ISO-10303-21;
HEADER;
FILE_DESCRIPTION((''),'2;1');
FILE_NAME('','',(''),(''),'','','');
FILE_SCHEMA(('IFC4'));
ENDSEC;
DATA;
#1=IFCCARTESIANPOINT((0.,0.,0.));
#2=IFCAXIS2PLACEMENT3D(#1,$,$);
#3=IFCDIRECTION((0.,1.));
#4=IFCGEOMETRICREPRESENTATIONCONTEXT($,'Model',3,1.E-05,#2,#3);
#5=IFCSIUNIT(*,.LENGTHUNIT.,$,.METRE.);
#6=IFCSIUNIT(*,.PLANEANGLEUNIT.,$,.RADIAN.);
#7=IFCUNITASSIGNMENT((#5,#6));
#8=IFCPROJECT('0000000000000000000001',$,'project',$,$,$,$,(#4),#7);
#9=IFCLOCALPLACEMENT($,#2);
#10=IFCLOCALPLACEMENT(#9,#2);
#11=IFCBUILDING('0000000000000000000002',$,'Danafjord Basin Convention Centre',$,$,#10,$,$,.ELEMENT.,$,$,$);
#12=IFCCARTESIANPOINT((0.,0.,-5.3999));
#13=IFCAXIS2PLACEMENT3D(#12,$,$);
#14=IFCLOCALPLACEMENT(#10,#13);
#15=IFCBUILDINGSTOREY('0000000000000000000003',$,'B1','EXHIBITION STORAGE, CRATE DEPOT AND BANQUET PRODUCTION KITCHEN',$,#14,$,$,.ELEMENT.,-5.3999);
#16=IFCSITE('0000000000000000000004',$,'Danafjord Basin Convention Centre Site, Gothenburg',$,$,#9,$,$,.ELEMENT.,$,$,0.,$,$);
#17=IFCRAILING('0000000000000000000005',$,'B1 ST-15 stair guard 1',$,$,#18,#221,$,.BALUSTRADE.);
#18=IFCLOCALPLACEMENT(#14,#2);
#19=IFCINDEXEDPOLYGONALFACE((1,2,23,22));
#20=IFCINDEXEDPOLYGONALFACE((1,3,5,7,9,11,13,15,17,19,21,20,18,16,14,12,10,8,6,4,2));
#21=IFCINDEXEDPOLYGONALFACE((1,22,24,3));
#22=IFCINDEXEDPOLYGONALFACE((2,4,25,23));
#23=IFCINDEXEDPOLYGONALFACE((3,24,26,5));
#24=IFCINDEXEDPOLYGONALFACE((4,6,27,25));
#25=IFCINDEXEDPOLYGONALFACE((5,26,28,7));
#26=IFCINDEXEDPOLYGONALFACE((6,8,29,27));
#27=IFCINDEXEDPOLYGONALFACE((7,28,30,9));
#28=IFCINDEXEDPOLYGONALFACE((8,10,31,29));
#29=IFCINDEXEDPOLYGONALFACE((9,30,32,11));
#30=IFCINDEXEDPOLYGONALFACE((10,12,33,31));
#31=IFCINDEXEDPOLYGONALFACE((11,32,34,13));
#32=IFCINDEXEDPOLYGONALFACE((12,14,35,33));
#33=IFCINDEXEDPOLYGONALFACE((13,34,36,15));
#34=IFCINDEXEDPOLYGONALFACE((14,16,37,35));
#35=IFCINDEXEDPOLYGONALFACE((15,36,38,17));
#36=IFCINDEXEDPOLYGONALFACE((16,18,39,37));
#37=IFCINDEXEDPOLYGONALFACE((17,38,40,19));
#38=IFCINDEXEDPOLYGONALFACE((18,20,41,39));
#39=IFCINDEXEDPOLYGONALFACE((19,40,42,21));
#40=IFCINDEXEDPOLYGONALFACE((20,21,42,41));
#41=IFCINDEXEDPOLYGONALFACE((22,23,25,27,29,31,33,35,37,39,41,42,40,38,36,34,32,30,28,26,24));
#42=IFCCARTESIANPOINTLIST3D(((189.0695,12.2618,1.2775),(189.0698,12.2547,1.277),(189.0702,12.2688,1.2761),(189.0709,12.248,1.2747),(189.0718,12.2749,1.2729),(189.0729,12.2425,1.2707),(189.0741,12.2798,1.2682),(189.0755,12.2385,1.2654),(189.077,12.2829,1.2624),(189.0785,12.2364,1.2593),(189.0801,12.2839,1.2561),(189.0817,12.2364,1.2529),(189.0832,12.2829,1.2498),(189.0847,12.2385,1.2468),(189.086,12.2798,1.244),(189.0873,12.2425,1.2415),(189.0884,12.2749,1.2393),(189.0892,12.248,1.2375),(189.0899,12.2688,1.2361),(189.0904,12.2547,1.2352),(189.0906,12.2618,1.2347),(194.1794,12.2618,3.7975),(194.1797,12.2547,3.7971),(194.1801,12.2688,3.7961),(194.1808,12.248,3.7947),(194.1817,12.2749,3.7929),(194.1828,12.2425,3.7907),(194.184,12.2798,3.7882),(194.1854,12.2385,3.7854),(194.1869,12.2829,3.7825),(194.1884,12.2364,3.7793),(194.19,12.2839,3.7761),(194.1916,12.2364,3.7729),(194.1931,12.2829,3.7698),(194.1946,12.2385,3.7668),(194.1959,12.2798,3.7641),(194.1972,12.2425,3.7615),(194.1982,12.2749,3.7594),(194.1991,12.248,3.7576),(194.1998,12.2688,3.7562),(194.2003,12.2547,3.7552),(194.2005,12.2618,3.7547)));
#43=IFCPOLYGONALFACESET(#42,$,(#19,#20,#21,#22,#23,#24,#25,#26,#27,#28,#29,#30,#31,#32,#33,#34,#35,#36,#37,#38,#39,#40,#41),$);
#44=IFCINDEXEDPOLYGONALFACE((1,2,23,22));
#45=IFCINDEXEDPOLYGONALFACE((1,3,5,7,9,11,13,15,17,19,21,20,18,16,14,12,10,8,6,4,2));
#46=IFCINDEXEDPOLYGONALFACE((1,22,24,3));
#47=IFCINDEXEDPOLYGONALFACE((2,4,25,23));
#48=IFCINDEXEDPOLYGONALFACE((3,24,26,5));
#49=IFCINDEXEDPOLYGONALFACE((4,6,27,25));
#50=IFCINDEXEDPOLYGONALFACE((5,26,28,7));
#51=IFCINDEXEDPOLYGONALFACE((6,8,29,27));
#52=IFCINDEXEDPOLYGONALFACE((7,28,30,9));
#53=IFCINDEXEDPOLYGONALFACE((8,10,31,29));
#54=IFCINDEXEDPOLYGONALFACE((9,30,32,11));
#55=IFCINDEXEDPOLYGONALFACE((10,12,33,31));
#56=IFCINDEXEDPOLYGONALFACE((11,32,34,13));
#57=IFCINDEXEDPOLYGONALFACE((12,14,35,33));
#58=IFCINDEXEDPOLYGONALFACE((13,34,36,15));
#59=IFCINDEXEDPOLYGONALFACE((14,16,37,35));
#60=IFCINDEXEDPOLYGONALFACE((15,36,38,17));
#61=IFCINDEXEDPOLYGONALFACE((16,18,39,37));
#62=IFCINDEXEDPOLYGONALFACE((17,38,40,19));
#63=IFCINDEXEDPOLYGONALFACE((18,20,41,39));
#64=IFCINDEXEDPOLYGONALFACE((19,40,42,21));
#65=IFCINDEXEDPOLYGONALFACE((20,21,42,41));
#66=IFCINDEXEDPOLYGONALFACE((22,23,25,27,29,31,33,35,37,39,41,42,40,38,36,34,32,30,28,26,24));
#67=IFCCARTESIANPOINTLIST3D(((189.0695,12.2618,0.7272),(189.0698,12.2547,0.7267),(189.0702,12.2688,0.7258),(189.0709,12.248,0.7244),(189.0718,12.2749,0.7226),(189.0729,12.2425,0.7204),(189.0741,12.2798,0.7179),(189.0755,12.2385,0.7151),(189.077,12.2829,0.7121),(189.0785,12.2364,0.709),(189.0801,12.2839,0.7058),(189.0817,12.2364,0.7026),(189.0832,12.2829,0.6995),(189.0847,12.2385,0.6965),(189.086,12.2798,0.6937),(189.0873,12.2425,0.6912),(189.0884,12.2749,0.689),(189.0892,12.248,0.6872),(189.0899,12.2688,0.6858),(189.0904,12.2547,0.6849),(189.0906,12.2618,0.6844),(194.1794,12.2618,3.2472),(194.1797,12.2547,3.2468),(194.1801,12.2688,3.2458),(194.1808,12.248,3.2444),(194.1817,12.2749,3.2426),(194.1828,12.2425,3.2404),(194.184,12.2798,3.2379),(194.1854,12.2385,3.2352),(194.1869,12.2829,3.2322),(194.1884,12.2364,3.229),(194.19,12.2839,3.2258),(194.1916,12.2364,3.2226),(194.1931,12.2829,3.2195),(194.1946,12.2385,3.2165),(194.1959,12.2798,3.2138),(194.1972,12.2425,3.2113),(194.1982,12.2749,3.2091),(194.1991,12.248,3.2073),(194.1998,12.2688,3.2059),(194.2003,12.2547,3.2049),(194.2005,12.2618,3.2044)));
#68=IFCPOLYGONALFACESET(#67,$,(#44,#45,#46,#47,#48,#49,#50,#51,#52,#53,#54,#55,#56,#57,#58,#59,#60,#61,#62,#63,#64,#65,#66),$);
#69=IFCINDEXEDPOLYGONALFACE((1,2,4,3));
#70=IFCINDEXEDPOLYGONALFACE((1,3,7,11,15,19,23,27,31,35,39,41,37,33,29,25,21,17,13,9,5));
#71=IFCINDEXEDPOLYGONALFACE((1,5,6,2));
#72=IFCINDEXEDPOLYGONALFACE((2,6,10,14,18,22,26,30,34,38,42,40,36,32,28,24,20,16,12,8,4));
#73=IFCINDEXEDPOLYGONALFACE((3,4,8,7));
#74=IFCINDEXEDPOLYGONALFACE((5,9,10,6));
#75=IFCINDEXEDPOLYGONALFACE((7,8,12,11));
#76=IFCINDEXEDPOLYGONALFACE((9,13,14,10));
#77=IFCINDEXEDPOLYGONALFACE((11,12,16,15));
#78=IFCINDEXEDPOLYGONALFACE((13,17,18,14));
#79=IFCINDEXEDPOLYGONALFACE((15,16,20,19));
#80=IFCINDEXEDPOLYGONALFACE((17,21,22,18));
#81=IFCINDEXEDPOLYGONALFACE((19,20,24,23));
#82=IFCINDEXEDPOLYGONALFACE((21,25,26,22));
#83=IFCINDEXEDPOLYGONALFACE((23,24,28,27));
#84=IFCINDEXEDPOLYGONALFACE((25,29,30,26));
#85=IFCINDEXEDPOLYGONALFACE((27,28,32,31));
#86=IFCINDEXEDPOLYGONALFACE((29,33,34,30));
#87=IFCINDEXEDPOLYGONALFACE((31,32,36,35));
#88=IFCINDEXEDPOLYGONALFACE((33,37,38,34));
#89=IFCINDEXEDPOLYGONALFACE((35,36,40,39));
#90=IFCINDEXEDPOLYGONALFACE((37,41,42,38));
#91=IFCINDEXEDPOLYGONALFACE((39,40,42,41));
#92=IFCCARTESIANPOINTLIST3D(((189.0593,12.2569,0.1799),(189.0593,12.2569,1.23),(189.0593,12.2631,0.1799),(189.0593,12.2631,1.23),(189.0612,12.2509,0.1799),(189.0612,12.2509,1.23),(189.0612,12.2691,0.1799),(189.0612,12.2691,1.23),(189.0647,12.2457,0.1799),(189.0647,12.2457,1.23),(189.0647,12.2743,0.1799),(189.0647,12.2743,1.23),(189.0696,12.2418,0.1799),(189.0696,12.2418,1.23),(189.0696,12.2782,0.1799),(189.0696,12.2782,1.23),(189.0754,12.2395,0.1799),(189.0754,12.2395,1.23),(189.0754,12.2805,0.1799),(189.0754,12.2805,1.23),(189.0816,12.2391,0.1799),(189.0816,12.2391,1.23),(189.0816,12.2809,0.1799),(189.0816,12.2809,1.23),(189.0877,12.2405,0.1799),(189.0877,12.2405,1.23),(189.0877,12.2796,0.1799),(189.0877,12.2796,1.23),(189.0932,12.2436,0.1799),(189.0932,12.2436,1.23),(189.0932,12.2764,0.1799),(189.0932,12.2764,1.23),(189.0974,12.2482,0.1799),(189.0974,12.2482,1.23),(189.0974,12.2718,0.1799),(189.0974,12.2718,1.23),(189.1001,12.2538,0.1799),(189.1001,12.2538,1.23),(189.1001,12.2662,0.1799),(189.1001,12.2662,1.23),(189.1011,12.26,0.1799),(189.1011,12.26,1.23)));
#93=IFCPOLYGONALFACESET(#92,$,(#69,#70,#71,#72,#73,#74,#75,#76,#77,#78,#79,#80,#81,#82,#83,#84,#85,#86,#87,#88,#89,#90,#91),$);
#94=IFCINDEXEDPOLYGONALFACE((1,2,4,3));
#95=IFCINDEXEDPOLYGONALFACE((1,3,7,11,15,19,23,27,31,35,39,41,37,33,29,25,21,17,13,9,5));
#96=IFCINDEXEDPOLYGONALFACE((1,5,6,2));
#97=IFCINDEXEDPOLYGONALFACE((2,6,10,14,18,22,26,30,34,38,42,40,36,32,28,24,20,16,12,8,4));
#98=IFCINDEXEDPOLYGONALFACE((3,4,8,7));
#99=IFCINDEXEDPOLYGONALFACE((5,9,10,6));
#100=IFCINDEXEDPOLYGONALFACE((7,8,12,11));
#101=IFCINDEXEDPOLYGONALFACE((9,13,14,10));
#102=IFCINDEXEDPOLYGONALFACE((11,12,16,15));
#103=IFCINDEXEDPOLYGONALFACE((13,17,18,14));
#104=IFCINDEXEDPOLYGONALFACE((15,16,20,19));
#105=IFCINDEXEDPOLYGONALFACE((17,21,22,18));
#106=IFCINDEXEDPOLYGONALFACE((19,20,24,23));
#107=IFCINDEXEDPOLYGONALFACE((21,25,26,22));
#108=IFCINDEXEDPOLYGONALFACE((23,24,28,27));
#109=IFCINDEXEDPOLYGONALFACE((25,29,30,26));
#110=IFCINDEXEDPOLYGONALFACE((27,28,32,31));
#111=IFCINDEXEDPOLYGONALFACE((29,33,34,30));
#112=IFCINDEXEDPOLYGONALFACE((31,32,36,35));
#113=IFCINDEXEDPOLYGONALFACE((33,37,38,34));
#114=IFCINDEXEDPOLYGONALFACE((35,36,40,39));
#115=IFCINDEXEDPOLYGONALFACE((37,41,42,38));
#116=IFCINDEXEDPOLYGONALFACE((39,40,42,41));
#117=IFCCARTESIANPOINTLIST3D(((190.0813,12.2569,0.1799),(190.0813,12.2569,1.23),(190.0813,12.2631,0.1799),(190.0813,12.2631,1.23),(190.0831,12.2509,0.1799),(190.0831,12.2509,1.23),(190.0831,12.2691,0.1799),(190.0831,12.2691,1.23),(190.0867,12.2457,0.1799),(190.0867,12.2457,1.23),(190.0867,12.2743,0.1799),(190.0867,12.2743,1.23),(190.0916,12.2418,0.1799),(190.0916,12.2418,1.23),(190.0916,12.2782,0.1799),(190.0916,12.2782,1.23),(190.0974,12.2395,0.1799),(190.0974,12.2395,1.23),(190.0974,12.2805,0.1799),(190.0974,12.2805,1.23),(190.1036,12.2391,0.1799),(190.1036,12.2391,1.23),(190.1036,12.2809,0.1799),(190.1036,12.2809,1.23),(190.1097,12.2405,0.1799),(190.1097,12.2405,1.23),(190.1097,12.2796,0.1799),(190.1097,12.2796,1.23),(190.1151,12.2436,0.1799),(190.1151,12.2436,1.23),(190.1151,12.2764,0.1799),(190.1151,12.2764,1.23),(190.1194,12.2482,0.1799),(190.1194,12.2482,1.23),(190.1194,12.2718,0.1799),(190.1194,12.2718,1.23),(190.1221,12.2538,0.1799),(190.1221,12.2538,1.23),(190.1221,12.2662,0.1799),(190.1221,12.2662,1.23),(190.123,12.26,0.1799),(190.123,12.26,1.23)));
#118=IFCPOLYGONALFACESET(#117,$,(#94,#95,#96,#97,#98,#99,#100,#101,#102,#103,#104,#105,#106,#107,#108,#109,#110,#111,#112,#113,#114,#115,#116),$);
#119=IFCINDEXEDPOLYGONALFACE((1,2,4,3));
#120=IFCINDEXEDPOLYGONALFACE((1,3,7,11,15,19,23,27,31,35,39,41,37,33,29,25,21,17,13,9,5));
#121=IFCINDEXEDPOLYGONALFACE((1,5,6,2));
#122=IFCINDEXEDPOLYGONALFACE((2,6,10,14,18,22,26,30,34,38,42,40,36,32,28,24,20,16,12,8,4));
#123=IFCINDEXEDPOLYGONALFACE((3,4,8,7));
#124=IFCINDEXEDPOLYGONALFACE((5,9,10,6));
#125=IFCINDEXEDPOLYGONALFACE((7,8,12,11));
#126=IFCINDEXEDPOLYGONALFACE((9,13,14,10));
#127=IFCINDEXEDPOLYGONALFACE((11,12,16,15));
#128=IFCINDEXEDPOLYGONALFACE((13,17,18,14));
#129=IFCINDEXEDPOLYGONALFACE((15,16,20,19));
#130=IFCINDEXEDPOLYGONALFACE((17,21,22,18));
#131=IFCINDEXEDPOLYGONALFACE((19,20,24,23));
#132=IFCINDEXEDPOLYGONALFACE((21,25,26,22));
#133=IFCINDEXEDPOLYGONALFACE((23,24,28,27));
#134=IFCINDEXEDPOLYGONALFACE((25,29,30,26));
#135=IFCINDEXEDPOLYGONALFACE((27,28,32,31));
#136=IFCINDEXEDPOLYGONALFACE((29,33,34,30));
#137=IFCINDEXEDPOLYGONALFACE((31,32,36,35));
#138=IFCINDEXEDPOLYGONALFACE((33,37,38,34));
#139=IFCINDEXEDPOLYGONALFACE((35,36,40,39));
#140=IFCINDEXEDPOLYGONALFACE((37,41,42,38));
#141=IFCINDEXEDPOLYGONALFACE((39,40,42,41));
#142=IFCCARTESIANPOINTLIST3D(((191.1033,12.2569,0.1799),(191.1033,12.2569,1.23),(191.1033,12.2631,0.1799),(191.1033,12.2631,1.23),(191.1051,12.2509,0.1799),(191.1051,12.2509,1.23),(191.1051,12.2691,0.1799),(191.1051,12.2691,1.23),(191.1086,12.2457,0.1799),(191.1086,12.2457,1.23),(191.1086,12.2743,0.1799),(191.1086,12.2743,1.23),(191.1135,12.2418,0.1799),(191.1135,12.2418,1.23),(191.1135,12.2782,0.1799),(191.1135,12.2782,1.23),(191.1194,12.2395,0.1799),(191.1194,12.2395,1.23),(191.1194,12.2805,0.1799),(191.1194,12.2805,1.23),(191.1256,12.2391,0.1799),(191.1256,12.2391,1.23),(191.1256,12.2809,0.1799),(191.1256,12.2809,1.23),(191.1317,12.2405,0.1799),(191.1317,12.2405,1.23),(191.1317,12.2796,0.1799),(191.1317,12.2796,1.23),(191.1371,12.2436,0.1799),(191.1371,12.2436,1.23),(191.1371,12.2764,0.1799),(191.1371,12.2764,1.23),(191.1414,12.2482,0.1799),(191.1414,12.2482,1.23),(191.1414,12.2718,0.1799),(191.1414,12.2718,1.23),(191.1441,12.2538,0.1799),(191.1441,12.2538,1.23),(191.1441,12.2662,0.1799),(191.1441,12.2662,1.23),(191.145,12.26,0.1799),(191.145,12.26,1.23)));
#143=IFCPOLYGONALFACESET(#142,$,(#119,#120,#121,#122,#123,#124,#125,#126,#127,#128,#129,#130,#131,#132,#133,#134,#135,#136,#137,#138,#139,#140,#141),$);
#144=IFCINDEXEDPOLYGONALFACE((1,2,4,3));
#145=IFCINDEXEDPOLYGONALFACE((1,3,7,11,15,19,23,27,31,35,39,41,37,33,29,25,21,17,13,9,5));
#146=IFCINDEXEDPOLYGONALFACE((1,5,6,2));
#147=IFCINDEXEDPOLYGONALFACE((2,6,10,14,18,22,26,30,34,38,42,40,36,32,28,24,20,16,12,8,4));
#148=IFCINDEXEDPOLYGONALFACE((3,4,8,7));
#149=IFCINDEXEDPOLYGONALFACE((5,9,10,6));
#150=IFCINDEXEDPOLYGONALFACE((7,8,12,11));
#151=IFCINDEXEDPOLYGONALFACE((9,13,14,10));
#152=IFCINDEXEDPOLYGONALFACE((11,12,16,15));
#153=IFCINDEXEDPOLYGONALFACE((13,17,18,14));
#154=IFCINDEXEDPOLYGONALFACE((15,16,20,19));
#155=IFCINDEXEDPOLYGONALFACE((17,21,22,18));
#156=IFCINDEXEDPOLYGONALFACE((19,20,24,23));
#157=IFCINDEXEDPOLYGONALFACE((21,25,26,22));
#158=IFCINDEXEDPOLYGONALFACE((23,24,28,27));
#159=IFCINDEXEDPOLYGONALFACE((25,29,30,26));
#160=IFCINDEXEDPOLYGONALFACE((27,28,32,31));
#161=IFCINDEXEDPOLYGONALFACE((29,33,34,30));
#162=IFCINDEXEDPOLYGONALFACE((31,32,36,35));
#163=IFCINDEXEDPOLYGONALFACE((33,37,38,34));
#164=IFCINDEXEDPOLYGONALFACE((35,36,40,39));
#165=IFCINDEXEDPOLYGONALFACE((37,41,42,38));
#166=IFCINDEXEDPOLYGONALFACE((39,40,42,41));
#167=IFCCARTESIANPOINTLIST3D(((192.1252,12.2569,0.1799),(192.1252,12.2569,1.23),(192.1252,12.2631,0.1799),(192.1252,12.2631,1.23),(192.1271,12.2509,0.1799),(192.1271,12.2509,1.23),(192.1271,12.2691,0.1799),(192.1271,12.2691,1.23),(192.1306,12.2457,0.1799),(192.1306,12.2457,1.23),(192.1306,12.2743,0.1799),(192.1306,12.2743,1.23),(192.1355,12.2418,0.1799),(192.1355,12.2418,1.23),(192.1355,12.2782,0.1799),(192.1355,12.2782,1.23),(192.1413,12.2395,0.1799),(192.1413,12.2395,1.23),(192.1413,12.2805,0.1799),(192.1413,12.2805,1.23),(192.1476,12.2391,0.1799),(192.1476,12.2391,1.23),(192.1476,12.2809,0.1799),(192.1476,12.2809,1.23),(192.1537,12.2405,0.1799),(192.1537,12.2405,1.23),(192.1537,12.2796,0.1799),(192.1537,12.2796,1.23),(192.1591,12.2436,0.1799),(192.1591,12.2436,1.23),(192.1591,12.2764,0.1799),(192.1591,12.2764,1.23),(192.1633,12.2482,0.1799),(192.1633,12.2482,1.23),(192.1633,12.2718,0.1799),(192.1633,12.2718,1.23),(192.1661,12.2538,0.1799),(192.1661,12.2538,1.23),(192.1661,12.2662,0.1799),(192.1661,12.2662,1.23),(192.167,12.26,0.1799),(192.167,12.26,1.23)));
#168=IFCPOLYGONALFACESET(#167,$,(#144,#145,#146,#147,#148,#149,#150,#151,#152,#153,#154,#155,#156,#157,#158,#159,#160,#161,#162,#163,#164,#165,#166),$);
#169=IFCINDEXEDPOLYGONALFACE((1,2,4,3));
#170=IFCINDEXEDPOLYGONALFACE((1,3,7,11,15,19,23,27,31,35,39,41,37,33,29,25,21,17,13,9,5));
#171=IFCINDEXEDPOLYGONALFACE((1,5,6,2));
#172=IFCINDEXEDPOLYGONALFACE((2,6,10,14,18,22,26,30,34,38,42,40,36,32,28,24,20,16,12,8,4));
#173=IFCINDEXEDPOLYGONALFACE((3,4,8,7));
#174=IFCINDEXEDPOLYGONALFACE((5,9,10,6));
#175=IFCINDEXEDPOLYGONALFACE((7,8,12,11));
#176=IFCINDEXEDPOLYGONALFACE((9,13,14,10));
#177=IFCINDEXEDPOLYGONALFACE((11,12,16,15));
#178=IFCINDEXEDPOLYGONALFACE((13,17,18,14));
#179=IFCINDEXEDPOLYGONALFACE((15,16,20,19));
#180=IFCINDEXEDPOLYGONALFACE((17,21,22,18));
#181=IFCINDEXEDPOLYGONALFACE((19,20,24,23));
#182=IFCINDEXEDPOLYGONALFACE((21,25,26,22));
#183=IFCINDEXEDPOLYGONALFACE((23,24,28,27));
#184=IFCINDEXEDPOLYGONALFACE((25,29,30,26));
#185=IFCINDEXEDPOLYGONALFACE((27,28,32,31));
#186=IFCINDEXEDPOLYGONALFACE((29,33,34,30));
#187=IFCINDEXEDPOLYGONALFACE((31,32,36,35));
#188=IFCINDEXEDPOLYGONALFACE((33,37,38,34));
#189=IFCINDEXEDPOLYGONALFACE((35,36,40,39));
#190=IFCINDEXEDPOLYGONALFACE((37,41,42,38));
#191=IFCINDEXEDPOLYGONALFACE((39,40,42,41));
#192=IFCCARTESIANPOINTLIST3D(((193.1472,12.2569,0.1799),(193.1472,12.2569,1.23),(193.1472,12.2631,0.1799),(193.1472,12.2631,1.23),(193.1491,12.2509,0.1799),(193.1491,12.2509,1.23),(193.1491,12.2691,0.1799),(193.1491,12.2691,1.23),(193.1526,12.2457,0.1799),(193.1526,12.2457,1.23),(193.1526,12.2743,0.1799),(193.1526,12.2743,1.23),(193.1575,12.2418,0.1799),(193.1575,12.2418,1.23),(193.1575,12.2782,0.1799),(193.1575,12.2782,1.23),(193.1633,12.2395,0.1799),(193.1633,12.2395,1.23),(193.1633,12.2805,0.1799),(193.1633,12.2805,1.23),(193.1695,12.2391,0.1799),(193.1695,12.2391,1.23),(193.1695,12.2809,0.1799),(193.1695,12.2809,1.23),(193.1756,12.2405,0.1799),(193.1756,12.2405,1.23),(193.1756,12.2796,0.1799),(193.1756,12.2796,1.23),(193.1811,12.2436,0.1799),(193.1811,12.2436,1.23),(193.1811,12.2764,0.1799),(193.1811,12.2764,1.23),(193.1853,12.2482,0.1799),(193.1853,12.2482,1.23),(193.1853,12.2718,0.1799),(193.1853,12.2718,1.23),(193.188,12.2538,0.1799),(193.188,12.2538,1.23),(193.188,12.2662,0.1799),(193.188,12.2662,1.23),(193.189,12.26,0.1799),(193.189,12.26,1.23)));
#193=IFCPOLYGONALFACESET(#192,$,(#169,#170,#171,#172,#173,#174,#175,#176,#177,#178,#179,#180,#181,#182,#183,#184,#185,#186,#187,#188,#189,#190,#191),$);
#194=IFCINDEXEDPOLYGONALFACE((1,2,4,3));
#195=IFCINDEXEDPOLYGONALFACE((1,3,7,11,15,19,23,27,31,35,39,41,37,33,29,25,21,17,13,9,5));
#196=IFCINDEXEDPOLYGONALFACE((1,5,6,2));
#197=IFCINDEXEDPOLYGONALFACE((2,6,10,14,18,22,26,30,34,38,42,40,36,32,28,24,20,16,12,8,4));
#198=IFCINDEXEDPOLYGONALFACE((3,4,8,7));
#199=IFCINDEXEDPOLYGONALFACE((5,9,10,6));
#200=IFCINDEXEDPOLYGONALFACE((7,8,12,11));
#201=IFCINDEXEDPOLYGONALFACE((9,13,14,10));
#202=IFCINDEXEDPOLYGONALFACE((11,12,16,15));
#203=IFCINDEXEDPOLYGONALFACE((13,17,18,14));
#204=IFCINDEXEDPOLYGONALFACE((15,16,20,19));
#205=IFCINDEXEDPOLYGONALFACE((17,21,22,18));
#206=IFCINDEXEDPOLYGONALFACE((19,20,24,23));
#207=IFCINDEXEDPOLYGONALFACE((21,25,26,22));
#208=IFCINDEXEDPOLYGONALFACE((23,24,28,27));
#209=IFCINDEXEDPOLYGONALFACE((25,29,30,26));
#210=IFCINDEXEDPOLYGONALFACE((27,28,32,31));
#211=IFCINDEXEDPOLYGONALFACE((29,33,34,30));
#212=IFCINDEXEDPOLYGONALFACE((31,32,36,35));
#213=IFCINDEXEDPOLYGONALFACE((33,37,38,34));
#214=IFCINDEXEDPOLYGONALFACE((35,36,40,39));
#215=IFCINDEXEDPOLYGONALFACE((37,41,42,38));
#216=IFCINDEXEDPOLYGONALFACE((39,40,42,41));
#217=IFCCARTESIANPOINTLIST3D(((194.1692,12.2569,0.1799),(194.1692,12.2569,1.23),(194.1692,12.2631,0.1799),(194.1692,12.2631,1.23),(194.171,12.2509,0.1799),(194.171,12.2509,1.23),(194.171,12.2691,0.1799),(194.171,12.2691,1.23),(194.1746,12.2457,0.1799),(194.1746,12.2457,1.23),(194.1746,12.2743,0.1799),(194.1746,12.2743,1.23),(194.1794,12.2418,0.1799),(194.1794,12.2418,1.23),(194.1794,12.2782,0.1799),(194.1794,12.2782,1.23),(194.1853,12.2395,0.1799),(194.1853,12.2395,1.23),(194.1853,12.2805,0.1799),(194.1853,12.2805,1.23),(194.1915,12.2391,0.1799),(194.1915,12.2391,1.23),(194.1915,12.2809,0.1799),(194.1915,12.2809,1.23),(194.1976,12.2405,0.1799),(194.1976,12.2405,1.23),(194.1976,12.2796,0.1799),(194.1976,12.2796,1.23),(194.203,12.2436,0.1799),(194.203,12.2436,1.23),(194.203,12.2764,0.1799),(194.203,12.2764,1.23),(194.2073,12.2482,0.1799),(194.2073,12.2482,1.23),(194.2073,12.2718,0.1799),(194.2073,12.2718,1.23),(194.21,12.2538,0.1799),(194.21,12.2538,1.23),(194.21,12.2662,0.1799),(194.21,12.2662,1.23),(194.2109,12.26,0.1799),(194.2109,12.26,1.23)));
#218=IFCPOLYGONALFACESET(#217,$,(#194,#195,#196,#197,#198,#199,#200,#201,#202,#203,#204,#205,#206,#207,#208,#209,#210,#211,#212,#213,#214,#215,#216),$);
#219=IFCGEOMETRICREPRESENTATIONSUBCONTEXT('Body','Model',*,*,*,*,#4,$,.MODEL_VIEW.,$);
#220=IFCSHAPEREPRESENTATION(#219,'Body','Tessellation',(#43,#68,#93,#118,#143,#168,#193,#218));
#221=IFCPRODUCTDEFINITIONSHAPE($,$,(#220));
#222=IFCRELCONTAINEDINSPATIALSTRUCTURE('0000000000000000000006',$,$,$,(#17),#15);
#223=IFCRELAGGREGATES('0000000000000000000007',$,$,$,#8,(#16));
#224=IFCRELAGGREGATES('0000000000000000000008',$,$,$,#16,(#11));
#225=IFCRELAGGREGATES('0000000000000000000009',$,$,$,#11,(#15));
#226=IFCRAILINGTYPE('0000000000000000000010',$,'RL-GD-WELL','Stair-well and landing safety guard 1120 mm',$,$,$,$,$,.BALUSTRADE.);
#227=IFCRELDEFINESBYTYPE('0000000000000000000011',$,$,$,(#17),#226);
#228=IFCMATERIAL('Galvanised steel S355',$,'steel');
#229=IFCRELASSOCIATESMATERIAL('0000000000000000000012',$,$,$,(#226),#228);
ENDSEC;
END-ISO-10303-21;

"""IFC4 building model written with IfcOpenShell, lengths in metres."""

from ifc_helpers import new_model, si_unit, direction, frame, origin, origin_2d, place, context, subcontext, project, spatial, circle, extrude, material, type_object, element, save


model = new_model("IFC4")

# Units and contexts
model_context = context("Model", 3, precision=1e-05, world=origin(), true_north=direction((0.0, 1.0)))
body_context = subcontext(model_context, "Body", "Model", "MODEL_VIEW")
ifc_project = project(units=[si_unit("LENGTHUNIT", "METRE"), si_unit("PLANEANGLEUNIT", "RADIAN")], contexts=[model_context])

# Site, building, storey
site_placement = place(None, origin())
site = spatial("IfcSite", under=ifc_project, at=site_placement, Name="Danafjord Basin Convention Centre Site, Gothenburg", CompositionType="ELEMENT", RefElevation=0.0)
building_placement = place(site_placement, origin())
building = spatial("IfcBuilding", under=site, at=building_placement, Name="Danafjord Basin Convention Centre", CompositionType="ELEMENT")
storey_placement = place(building_placement, frame((0.0, 0.0, -5.3999)))
storey = spatial("IfcBuildingStorey", under=building, at=storey_placement, Name="B1", Description="EXHIBITION STORAGE, CRATE DEPOT AND BANQUET PRODUCTION KITCHEN", CompositionType="ELEMENT", Elevation=-5.3999)

# Railing
ifc_material_1 = material(Name="Galvanised steel S355", Category="steel")
railing_type_1 = type_object("IfcRailingType", Name="RL-GD-WELL", Description="Stair-well and landing safety guard 1120 mm", PredefinedType="BALUSTRADE", material=ifc_material_1)
railing_1_placement = place(storey_placement, frame((189.0801, 12.26, 0.1799)))
element("IfcRailing", 1, at=railing_1_placement, inside=storey, type_object=railing_type_1, Name="B1 ST-15 stair guard 1", PredefinedType="BALUSTRADE", context=body_context, shape_type="SweptSolid", body=[
    extrude(circle(Radius=0.0239, at=origin_2d()), frame((0.0, 0.0, 1.0762), z_axis=(0.896865, 0.0, 0.442305), x_axis=(0.0, 1.0, 0.0)), (0.0, 0.0, 1.0), 5.6975),
    extrude(circle(Radius=0.0239, at=origin_2d()), frame((0.0, 0.0, 0.5259), z_axis=(0.896865, 0.0, 0.442305), x_axis=(0.0, 1.0, 0.0)), (0.0, 0.0, 1.0), 5.6975),
    extrude(circle(Radius=0.021, at=origin_2d()), origin(), (0.0, 0.0, 1.0), 1.05),
    extrude(circle(Radius=0.021, at=origin_2d()), frame((1.022, 0.0, 0.0)), (0.0, 0.0, 1.0), 1.05),
    extrude(circle(Radius=0.021, at=origin_2d()), frame((2.0439, 0.0, 0.0)), (0.0, 0.0, 1.0), 1.05),
    extrude(circle(Radius=0.021, at=origin_2d()), frame((3.0659, 0.0, 0.0)), (0.0, 0.0, 1.0), 1.05),
    extrude(circle(Radius=0.021, at=origin_2d()), frame((4.0879, 0.0, 0.0)), (0.0, 0.0, 1.0), 1.05),
    extrude(circle(Radius=0.021, at=origin_2d()), frame((5.1099, 0.0, 0.0)), (0.0, 0.0, 1.0), 1.05),
])

save(model, "model.ifc")
